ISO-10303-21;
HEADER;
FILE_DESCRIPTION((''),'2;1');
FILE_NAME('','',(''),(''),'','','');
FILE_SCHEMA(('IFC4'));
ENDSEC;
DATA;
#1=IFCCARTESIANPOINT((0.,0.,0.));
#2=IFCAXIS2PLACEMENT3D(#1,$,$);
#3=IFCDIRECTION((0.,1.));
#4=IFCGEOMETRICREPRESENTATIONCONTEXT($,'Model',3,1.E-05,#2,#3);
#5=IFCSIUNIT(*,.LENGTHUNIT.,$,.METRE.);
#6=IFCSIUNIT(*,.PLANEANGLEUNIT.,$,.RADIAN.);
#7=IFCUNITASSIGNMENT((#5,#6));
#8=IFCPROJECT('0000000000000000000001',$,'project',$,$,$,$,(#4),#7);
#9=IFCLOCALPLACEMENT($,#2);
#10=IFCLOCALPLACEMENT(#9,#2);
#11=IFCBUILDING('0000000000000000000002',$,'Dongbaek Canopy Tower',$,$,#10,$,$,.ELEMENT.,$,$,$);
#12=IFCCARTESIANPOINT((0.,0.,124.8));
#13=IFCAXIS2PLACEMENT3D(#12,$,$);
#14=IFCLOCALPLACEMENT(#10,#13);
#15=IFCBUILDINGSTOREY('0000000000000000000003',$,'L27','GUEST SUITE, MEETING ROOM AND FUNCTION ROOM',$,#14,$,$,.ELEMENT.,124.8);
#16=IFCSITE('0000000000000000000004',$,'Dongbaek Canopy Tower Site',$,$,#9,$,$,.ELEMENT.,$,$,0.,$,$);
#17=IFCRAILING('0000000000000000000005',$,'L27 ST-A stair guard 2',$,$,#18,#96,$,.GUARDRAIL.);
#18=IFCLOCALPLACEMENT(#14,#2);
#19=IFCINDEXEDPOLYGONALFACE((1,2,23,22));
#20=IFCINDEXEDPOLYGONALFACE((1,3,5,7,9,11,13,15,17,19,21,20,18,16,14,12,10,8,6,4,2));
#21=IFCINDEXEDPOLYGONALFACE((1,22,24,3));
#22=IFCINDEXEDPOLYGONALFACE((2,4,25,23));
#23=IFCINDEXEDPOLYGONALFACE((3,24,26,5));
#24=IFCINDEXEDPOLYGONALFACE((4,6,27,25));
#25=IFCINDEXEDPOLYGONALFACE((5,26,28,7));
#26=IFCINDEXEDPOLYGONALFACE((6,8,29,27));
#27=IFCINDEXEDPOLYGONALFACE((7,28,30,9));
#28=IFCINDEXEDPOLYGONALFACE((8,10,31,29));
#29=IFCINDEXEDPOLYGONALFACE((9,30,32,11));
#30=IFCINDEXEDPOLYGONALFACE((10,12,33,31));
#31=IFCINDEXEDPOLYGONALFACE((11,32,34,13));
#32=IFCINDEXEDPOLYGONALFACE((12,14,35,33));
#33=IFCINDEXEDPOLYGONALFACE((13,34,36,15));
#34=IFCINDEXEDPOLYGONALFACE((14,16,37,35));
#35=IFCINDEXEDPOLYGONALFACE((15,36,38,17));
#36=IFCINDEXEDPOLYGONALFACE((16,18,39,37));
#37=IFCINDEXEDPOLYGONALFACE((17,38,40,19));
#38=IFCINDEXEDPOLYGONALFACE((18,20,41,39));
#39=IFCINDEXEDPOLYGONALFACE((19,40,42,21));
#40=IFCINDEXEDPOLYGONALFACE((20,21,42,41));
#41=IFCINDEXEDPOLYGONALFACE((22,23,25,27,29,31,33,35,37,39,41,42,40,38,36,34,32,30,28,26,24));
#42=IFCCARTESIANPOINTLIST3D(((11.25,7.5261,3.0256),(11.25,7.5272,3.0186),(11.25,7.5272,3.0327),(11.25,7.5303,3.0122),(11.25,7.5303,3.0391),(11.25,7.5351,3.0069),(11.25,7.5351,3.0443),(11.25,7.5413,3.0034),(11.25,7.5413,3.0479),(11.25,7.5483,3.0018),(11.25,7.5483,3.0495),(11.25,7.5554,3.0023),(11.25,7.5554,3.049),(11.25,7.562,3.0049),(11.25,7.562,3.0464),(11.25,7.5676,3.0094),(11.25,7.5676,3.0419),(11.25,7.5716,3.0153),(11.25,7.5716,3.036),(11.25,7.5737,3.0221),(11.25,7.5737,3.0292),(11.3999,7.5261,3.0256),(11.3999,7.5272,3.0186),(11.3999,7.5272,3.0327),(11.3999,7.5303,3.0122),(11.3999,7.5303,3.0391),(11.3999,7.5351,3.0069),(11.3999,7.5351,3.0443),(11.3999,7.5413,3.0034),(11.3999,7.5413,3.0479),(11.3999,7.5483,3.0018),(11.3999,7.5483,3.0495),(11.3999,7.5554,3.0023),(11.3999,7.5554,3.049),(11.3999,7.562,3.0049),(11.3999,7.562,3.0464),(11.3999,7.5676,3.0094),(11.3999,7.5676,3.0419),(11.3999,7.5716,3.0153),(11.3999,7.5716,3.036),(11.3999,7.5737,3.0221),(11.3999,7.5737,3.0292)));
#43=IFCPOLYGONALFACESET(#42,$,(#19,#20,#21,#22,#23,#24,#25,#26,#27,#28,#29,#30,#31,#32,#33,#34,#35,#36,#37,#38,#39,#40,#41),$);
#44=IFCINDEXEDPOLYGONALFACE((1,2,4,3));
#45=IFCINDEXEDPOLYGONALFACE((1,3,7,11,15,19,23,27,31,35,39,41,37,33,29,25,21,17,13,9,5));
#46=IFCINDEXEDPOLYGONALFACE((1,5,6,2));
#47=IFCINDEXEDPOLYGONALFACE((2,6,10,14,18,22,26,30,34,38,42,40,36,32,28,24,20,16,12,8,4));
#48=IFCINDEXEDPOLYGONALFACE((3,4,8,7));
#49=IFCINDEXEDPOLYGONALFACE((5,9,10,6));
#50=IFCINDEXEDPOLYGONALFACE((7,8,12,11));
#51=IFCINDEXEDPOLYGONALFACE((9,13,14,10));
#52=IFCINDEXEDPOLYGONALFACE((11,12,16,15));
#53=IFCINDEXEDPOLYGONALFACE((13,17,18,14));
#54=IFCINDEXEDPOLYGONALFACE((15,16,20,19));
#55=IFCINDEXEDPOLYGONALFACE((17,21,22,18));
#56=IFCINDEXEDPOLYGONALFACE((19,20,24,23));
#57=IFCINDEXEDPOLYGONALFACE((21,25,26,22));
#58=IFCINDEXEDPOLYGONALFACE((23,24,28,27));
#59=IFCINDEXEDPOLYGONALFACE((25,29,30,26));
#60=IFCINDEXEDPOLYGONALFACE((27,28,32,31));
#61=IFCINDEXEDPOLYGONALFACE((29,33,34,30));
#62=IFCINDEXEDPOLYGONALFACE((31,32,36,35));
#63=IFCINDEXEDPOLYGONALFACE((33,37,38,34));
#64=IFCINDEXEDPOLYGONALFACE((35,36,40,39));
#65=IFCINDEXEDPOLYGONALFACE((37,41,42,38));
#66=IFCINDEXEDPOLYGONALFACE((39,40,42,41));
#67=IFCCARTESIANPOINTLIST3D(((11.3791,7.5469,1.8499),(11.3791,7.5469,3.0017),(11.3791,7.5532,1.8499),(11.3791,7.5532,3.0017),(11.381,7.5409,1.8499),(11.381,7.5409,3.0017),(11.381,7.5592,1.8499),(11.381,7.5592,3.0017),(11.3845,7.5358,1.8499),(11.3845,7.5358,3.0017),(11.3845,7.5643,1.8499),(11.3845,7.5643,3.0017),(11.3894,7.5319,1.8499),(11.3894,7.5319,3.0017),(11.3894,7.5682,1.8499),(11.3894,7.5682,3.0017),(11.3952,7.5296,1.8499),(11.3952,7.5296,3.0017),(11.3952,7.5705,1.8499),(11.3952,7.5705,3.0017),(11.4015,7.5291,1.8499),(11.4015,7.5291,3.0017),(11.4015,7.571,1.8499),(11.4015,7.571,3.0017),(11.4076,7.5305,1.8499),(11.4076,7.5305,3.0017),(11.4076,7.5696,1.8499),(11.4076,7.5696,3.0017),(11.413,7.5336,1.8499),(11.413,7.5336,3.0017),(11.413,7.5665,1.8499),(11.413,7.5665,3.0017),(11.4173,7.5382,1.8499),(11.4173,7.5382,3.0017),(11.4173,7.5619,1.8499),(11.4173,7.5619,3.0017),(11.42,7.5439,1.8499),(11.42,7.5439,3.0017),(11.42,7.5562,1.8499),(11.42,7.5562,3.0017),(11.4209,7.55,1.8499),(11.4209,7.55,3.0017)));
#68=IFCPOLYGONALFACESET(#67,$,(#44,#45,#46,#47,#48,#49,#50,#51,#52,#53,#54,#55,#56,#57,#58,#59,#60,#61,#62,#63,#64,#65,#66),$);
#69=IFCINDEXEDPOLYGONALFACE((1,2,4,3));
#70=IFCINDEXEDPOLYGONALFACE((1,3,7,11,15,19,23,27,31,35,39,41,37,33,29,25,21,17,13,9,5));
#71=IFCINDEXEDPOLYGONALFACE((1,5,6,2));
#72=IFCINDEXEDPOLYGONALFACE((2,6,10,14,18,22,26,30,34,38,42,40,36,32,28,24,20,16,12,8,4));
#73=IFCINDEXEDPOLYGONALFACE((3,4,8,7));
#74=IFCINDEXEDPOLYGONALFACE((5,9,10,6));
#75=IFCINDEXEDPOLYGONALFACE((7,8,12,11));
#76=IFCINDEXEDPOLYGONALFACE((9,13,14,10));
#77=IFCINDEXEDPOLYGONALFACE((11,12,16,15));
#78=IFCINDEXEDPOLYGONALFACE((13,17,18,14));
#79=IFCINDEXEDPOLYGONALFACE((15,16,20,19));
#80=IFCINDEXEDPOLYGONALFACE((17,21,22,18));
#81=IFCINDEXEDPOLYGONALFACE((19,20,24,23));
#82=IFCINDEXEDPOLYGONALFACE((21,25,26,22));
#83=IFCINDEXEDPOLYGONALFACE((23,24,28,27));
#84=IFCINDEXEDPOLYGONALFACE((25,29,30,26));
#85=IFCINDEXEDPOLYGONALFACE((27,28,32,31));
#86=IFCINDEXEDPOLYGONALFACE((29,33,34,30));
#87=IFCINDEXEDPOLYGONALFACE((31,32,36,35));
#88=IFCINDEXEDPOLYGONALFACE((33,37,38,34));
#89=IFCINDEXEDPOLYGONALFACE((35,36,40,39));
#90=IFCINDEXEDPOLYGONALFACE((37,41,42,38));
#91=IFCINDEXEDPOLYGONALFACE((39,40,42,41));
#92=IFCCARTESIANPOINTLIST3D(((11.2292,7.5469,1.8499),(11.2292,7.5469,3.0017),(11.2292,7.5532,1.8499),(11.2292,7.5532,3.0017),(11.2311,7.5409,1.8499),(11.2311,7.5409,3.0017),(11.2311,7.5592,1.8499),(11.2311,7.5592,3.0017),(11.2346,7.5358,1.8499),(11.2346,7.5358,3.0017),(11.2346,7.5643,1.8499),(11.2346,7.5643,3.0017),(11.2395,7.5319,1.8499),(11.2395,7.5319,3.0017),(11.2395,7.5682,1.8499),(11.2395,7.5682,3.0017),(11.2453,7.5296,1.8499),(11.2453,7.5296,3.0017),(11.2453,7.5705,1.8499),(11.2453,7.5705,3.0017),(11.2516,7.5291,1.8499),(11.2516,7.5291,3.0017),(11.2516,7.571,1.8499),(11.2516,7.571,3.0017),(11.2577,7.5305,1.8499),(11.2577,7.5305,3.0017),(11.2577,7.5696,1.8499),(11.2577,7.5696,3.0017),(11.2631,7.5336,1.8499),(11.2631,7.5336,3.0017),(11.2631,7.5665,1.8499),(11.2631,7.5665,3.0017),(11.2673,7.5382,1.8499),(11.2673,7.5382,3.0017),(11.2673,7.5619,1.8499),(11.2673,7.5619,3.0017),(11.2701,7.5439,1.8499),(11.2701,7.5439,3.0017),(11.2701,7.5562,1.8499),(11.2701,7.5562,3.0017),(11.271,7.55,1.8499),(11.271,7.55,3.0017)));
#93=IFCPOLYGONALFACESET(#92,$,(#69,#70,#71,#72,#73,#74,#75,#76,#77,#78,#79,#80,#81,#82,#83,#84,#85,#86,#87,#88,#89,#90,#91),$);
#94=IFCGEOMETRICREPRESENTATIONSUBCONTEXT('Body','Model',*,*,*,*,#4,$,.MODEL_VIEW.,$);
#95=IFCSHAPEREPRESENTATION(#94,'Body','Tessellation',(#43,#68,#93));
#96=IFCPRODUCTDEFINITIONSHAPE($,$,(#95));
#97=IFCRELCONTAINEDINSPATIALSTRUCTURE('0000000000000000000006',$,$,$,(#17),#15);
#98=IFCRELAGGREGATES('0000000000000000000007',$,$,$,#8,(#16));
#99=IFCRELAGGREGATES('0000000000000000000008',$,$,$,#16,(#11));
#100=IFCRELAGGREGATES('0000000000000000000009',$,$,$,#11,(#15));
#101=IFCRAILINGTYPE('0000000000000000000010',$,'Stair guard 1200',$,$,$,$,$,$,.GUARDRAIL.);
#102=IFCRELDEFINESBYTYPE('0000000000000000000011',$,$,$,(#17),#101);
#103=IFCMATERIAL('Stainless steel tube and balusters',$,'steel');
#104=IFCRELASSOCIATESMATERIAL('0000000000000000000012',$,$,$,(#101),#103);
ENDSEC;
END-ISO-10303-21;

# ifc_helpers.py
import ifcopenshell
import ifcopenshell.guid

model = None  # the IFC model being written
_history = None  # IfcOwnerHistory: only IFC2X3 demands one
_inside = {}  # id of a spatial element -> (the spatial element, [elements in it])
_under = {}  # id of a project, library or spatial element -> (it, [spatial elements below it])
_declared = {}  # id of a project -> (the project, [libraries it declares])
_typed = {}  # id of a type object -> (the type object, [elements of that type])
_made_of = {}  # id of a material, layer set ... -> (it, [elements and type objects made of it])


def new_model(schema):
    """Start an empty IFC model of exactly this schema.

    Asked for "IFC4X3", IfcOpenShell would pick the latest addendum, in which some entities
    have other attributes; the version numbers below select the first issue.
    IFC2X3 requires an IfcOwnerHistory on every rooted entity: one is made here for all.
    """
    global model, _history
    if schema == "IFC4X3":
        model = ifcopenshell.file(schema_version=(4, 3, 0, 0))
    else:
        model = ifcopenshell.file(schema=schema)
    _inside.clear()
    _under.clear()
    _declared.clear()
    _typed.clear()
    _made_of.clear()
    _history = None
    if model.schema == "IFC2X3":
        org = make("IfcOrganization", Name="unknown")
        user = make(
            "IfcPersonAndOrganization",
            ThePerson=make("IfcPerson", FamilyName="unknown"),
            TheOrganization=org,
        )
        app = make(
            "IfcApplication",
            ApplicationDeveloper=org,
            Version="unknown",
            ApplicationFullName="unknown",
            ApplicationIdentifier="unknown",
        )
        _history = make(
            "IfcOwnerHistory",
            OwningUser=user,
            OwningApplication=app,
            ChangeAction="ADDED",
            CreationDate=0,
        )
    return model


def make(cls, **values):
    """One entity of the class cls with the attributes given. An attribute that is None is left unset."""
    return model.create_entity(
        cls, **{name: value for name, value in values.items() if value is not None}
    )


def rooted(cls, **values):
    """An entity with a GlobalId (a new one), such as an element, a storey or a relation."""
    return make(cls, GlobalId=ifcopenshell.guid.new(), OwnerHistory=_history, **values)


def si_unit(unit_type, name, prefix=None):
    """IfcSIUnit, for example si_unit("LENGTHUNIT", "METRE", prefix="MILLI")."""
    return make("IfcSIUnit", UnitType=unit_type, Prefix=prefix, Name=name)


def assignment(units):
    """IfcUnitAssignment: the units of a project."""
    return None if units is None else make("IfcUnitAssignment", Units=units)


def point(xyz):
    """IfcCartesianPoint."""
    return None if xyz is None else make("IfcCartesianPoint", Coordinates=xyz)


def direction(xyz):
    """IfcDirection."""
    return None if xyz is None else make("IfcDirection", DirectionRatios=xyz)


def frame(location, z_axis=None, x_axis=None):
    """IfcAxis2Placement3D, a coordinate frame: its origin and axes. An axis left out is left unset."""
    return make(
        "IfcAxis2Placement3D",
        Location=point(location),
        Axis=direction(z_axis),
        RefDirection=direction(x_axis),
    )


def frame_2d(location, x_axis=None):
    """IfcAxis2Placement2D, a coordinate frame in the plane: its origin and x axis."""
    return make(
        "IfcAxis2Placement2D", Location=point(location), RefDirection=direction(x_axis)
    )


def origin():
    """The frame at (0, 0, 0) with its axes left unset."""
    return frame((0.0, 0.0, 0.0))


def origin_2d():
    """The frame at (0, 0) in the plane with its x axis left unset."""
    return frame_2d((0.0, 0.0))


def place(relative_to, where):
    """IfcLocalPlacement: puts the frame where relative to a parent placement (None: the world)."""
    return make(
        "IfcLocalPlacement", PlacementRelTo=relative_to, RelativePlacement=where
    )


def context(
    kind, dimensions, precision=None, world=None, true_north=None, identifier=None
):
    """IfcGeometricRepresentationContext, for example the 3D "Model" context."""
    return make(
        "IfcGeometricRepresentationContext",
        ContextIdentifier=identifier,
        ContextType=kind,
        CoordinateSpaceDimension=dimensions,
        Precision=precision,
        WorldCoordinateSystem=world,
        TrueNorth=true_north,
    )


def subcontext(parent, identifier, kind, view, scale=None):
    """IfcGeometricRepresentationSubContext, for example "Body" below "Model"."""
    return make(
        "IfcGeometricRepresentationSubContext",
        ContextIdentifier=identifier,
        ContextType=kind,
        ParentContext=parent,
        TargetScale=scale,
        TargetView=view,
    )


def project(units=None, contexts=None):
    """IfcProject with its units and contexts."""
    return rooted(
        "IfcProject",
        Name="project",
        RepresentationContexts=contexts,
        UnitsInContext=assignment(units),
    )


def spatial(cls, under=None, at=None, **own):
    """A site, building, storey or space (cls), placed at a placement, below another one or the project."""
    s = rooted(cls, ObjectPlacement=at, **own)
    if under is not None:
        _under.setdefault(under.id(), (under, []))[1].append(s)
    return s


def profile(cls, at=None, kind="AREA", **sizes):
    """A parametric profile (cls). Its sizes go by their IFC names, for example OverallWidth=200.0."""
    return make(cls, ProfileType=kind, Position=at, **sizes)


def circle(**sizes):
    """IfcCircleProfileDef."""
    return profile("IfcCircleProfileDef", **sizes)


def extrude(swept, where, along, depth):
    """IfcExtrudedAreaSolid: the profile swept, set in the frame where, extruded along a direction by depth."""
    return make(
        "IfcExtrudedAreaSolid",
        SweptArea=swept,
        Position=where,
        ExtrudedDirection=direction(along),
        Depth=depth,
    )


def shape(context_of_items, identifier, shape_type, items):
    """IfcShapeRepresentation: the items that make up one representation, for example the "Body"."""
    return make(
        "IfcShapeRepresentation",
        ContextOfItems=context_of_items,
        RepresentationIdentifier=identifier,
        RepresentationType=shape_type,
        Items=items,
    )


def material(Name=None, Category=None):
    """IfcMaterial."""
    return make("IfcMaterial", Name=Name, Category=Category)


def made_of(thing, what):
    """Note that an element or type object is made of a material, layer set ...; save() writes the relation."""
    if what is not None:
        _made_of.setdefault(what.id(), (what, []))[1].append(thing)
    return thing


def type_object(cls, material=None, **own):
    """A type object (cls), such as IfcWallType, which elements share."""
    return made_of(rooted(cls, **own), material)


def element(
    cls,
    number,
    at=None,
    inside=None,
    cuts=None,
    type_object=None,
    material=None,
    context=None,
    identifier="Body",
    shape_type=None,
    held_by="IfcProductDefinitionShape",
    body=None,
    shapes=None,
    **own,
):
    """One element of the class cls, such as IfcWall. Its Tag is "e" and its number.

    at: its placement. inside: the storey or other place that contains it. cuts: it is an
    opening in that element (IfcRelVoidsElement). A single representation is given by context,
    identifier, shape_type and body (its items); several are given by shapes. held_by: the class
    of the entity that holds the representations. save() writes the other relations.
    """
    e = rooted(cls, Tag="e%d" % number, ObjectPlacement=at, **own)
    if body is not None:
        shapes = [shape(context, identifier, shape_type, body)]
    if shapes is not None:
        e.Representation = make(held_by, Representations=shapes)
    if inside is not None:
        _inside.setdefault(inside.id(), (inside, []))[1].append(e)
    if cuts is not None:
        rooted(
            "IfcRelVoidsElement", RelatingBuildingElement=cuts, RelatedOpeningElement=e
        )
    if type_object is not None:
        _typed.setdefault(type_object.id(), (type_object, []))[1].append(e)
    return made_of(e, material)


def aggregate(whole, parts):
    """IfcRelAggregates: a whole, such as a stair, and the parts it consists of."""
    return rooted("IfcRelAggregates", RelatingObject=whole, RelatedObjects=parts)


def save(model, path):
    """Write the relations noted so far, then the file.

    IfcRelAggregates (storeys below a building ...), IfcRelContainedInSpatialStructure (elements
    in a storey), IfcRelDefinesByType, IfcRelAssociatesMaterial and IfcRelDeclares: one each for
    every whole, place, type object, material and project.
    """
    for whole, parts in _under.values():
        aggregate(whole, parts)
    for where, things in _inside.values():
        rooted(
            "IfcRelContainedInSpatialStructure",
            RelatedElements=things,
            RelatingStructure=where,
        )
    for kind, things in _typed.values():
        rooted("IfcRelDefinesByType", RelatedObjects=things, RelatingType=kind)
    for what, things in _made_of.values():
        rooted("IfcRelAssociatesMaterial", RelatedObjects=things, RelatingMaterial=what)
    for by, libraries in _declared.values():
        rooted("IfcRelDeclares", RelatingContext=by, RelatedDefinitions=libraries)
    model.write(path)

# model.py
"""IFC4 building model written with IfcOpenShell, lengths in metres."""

from ifc_helpers import new_model, si_unit, direction, frame, origin, origin_2d, place, context, subcontext, project, spatial, circle, extrude, material, type_object, element, save


model = new_model("IFC4")

# Units and contexts
model_context = context("Model", 3, precision=1e-05, world=origin(), true_north=direction((0.0, 1.0)))
body_context = subcontext(model_context, "Body", "Model", "MODEL_VIEW")
ifc_project = project(units=[si_unit("LENGTHUNIT", "METRE"), si_unit("PLANEANGLEUNIT", "RADIAN")], contexts=[model_context])

# Site, building, storey
site_placement = place(None, origin())
site = spatial("IfcSite", under=ifc_project, at=site_placement, Name="Dongbaek Canopy Tower Site", CompositionType="ELEMENT", RefElevation=0.0)
building_placement = place(site_placement, origin())
building = spatial("IfcBuilding", under=site, at=building_placement, Name="Dongbaek Canopy Tower", CompositionType="ELEMENT")
storey_placement = place(building_placement, frame((0.0, 0.0, 124.8)))
storey = spatial("IfcBuildingStorey", under=building, at=storey_placement, Name="L27", Description="GUEST SUITE, MEETING ROOM AND FUNCTION ROOM", CompositionType="ELEMENT", Elevation=124.8)

# Railing
ifc_material_1 = material(Name="Stainless steel tube and balusters", Category="steel")
railing_type_1 = type_object("IfcRailingType", Name="Stair guard 1200", PredefinedType="GUARDRAIL", material=ifc_material_1)
railing_1_placement = place(storey_placement, frame((11.3999, 7.55, 1.8499)))
element("IfcRailing", 1, at=railing_1_placement, inside=storey, type_object=railing_type_1, Name="L27 ST-A stair guard 2", PredefinedType="GUARDRAIL", context=body_context, shape_type="SweptSolid", body=[
    extrude(circle(Radius=0.0239, at=origin_2d()), frame((0.0, 0.0, 1.1758), z_axis=(-1.0, 0.0, 0.0), x_axis=(0.0, -1.0, 0.0)), (0.0, 0.0, 1.0), 0.1499),
    extrude(circle(Radius=0.021, at=origin_2d()), origin(), (0.0, 0.0, 1.0), 1.1519),
    extrude(circle(Radius=0.021, at=origin_2d()), frame((-0.1499, 0.0, 0.0)), (0.0, 0.0, 1.0), 1.1519),
])

save(model, "model.ifc")
